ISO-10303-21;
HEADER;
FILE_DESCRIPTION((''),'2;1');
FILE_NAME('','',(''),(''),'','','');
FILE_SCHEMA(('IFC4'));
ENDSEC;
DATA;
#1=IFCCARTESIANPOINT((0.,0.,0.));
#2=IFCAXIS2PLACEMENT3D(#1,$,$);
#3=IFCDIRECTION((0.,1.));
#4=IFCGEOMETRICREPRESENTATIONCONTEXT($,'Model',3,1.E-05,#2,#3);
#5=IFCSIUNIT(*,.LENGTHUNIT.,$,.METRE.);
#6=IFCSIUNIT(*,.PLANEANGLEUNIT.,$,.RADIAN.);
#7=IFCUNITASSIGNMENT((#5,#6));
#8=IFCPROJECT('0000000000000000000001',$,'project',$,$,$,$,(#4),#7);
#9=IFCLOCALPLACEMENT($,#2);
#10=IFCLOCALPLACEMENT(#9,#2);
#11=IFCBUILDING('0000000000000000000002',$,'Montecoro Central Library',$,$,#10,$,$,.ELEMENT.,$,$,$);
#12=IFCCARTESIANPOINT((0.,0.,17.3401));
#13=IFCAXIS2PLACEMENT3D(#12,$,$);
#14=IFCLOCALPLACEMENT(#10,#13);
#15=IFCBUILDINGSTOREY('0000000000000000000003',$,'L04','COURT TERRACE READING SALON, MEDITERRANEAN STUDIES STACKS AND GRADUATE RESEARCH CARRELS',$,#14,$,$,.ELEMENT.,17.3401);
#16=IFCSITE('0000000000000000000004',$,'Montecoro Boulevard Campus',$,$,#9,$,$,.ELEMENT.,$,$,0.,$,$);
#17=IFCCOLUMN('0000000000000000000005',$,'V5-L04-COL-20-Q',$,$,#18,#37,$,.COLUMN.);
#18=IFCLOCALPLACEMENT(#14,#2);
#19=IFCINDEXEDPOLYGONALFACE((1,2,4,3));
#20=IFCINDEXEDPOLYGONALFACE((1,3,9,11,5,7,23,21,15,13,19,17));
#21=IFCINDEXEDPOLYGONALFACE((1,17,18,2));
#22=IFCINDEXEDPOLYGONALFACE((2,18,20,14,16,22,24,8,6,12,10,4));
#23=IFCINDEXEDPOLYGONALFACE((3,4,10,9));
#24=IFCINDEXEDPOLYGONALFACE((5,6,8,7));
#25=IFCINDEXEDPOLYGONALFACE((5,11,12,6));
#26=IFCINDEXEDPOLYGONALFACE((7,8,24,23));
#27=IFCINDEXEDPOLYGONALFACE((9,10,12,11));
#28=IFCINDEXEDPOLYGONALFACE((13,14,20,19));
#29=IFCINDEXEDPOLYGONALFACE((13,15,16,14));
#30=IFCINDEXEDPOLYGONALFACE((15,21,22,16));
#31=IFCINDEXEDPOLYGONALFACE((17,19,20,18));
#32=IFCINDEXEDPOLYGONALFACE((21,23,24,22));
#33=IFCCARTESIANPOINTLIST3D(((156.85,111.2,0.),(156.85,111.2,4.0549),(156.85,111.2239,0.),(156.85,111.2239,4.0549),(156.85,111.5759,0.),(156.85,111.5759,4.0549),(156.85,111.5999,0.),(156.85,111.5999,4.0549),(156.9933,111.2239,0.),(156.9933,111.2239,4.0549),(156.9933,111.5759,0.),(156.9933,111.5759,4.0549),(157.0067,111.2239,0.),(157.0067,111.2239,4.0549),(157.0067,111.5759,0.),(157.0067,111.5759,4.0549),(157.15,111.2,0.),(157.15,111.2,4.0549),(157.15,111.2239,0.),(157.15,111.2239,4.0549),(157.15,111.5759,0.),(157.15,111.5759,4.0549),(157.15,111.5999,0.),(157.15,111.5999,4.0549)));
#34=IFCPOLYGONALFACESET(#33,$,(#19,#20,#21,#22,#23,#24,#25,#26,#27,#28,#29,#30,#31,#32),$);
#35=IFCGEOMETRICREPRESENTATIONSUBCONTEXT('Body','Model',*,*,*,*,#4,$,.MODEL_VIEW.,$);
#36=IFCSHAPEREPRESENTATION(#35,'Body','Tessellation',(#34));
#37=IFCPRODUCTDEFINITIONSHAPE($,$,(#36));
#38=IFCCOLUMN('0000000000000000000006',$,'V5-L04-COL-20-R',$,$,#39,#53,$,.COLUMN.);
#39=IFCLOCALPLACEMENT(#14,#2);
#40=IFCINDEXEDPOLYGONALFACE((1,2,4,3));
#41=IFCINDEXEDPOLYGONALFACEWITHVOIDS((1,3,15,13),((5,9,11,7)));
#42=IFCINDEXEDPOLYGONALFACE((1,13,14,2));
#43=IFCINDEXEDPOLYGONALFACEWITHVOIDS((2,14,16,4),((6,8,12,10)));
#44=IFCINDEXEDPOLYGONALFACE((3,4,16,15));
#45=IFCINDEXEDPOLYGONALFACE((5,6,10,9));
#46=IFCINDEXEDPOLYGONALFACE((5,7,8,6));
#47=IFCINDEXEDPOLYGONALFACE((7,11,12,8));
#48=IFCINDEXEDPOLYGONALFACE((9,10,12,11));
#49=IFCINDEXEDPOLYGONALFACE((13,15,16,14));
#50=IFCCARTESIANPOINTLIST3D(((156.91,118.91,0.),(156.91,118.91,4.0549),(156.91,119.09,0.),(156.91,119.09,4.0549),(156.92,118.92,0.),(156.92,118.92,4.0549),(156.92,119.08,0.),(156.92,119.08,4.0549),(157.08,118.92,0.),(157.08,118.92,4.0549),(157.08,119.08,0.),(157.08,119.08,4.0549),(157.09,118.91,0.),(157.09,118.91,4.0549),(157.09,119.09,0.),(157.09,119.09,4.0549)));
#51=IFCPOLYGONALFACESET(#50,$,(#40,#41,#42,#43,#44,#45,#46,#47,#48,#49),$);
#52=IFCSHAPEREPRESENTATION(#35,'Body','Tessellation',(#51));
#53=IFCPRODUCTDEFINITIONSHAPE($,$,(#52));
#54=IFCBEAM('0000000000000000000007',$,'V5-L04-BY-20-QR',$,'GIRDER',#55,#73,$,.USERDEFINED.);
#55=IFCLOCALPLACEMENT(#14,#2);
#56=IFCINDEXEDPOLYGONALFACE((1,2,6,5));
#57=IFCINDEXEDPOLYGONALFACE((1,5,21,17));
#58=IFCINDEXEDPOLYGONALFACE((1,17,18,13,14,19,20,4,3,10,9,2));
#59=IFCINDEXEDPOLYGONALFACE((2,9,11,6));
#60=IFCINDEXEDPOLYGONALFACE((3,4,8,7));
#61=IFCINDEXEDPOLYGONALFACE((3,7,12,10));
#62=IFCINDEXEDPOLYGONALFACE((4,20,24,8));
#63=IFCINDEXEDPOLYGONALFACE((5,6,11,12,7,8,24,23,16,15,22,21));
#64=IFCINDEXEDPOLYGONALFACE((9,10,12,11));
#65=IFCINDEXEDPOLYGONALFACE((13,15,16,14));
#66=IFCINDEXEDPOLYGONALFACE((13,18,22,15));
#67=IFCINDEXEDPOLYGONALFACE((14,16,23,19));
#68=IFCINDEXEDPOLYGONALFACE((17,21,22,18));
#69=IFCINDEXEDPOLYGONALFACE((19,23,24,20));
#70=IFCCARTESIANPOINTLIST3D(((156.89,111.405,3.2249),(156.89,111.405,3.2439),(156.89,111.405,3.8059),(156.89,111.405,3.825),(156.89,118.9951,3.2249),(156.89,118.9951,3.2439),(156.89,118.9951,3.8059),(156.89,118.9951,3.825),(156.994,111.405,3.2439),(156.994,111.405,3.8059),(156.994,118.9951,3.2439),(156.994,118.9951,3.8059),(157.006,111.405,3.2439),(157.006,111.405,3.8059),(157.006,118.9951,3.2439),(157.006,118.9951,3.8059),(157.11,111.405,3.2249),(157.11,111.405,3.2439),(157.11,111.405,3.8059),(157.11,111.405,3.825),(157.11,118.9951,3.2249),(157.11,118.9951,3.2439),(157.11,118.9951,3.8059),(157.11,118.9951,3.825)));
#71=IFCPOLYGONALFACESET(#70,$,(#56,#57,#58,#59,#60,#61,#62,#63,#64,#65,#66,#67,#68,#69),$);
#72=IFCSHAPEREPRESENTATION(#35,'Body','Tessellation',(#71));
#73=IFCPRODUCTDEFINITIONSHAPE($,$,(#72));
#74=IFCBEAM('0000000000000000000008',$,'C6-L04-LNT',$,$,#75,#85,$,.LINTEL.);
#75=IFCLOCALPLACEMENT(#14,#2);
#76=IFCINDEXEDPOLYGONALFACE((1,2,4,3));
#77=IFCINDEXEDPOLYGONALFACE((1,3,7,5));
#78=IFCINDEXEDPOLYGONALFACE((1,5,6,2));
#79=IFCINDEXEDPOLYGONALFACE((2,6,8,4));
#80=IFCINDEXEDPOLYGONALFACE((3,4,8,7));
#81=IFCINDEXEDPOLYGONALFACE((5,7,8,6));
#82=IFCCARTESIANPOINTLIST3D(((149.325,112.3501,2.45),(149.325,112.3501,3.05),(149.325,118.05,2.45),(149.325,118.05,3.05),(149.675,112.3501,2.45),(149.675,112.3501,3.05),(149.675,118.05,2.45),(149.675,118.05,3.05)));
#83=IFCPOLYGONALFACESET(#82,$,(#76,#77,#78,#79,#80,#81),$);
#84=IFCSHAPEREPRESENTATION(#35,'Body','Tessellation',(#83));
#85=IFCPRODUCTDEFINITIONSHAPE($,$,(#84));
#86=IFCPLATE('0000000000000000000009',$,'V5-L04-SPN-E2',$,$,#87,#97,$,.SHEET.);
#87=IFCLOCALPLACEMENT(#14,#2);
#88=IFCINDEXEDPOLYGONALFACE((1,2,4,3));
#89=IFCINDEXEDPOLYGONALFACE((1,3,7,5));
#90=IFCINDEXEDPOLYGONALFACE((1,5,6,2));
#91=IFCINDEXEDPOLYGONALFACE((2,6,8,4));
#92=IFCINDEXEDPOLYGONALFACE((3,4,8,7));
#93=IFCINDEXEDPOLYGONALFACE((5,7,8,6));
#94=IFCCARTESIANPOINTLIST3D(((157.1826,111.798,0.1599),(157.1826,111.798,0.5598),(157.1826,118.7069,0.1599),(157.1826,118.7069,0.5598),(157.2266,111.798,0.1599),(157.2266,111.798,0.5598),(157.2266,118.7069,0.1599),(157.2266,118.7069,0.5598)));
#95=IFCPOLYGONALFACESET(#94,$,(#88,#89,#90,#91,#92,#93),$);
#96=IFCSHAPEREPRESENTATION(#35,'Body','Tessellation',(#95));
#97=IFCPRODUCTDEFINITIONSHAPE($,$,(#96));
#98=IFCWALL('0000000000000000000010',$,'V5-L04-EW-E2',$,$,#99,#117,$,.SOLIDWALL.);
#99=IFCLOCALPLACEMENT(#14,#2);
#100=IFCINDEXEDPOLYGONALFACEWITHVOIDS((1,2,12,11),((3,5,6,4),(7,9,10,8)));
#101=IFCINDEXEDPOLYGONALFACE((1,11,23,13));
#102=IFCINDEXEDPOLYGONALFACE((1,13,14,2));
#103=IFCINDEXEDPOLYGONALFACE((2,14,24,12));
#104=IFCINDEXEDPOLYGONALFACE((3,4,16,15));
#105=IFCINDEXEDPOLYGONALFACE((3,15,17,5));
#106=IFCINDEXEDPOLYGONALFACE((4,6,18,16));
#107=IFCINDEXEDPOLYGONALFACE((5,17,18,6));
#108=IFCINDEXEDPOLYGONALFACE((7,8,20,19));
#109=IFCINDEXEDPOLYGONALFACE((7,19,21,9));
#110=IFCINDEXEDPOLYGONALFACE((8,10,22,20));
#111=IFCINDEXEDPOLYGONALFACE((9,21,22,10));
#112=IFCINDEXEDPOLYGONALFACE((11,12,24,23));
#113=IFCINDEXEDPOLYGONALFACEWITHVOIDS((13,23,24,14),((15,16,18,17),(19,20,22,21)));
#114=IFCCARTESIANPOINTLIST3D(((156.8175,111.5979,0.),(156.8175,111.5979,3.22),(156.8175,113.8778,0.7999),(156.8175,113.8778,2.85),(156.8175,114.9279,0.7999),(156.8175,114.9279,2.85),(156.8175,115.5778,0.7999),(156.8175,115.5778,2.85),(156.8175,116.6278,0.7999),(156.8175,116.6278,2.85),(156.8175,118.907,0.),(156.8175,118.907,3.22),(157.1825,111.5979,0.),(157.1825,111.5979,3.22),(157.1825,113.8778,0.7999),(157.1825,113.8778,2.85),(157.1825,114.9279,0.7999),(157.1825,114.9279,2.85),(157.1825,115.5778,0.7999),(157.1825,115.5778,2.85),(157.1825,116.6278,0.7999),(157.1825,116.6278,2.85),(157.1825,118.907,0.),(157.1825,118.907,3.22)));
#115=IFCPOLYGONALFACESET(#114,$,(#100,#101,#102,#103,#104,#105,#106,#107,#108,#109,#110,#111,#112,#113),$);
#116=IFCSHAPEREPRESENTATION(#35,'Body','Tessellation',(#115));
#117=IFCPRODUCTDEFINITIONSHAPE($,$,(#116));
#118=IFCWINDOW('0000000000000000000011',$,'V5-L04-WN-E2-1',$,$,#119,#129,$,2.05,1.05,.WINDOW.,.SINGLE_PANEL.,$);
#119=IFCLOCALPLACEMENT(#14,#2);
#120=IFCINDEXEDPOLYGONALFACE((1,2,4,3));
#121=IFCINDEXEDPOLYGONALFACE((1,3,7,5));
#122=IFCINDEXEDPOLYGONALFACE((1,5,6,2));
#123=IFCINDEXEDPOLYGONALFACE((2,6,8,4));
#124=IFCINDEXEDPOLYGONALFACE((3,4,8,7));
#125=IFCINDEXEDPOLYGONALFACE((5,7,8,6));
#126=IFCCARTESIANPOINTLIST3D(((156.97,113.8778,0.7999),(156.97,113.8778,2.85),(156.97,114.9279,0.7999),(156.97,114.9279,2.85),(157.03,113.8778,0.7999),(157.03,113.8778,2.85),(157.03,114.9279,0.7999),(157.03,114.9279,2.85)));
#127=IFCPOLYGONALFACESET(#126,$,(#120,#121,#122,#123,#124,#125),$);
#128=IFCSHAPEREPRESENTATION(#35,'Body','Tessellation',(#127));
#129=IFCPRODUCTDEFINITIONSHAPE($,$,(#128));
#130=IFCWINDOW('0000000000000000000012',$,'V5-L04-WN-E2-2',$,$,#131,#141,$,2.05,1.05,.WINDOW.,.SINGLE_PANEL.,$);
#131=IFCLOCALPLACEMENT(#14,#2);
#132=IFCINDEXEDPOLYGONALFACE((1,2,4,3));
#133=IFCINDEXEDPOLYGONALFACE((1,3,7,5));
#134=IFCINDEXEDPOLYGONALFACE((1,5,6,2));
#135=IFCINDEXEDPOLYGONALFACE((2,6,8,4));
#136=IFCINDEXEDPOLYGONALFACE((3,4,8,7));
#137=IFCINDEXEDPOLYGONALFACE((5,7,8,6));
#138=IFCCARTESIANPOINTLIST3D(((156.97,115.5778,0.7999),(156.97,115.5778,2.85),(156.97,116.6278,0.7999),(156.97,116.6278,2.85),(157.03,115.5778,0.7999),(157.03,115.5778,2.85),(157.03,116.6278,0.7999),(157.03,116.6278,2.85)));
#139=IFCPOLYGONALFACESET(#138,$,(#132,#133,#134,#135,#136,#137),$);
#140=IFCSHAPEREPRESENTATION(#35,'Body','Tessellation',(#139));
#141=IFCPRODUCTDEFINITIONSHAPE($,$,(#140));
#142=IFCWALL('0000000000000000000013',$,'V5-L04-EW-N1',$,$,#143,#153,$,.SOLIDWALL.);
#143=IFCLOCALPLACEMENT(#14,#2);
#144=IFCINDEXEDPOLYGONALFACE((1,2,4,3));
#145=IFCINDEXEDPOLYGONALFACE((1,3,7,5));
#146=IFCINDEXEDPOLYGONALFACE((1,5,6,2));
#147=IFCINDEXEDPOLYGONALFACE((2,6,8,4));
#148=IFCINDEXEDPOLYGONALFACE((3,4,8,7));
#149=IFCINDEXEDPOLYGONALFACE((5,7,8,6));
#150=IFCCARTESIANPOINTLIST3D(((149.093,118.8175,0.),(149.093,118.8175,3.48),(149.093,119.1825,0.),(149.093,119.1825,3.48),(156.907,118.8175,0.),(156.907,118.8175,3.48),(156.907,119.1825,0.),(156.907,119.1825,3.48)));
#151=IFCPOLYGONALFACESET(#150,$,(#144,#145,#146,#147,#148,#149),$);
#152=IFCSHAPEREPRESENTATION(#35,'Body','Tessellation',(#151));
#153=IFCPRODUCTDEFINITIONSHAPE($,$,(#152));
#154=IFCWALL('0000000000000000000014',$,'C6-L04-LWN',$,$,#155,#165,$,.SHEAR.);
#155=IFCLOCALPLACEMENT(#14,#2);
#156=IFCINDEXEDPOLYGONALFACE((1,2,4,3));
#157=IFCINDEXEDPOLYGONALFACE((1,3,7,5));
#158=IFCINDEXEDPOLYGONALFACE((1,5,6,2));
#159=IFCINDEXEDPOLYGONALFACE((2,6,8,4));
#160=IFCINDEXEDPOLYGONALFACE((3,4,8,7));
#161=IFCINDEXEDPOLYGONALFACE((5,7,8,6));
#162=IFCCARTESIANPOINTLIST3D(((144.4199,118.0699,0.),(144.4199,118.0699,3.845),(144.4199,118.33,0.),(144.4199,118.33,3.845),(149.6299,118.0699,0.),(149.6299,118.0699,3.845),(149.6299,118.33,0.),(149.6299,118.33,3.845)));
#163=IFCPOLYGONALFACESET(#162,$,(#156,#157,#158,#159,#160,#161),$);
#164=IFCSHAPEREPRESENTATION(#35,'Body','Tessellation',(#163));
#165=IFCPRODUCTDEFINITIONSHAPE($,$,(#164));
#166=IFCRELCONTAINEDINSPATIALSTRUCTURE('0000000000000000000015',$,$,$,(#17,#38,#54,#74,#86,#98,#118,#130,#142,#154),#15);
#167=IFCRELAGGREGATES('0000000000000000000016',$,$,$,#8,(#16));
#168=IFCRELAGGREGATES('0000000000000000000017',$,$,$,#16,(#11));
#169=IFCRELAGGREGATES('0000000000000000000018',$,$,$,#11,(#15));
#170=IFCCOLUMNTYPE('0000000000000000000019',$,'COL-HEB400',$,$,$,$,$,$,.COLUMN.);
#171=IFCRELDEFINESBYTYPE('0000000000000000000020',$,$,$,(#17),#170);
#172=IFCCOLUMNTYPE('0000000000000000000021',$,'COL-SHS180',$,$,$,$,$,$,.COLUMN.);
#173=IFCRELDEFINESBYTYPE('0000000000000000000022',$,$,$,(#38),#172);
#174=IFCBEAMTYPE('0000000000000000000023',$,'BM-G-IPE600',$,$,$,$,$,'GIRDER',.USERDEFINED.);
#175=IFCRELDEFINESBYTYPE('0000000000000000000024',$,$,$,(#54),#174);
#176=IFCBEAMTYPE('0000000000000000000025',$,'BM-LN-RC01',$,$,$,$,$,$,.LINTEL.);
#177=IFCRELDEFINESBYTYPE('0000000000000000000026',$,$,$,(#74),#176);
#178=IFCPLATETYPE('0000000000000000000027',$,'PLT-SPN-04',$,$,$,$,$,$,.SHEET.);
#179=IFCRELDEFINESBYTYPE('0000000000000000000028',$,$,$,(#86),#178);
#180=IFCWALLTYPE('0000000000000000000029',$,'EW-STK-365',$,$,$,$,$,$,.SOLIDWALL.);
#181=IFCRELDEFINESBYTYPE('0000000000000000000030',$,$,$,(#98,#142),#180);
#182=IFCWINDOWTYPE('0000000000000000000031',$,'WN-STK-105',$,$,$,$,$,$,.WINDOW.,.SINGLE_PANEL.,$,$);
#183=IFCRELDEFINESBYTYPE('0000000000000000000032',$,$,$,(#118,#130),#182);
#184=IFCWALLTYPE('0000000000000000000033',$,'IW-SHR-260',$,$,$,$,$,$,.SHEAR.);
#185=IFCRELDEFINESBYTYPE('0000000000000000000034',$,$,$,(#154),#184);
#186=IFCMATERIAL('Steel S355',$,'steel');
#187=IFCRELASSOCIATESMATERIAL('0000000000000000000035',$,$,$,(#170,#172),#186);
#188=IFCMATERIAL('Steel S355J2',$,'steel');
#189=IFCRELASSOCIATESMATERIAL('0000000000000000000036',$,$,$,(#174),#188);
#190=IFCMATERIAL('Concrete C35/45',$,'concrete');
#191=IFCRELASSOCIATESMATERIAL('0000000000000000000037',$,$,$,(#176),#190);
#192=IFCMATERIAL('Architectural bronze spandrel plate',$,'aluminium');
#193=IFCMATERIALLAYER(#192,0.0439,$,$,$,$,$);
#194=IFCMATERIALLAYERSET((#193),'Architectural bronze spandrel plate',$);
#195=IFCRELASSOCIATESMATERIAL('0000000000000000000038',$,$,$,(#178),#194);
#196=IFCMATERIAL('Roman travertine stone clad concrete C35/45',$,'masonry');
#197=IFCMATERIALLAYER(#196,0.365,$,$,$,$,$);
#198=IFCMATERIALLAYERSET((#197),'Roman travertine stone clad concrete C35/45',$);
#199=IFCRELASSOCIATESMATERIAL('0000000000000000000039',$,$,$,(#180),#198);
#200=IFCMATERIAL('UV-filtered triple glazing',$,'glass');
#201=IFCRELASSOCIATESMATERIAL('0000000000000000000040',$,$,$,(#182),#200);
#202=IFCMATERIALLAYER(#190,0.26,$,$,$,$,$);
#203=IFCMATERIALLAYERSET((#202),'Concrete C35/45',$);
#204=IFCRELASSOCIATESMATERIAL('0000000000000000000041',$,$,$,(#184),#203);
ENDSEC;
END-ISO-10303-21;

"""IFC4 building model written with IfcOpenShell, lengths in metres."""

from ifc_helpers import new_model, si_unit, direction, frame, frame_2d, origin, origin_2d, place, context, subcontext, project, spatial, rectangle, hollow_rectangle, i_section, extrude, material, layer, layer_set, material_profile, profile_set, type_object, element, fill, save


model = new_model("IFC4")

# Units and contexts
model_context = context("Model", 3, precision=1e-05, world=origin(), true_north=direction((0.0, 1.0)))
body_context = subcontext(model_context, "Body", "Model", "MODEL_VIEW")
ifc_project = project(units=[si_unit("LENGTHUNIT", "METRE"), si_unit("PLANEANGLEUNIT", "RADIAN")], contexts=[model_context])

# Site, building, storey
site_placement = place(None, origin())
site = spatial("IfcSite", under=ifc_project, at=site_placement, Name="Montecoro Boulevard Campus", CompositionType="ELEMENT", RefElevation=0.0)
building_placement = place(site_placement, origin())
building = spatial("IfcBuilding", under=site, at=building_placement, Name="Montecoro Central Library", CompositionType="ELEMENT")
storey_placement = place(building_placement, frame((0.0, 0.0, 17.3401)))
storey = spatial("IfcBuildingStorey", under=building, at=storey_placement, Name="L04", Description="COURT TERRACE READING SALON, MEDITERRANEAN STUDIES STACKS AND GRADUATE RESEARCH CARRELS", CompositionType="ELEMENT", Elevation=17.3401)

# Columns
ifc_material_1 = material(Name="Steel S355", Category="steel")
ifc_material_profile_1 = material_profile(ifc_material_1, i_section(OverallWidth=0.3, OverallDepth=0.3999, WebThickness=0.0134, FlangeThickness=0.0239, at=origin_2d()), Name="HEB 400")
ifc_profile_set_1 = profile_set([ifc_material_profile_1], Name="Steel S355")
column_type_1 = type_object("IfcColumnType", Name="COL-HEB400", PredefinedType="COLUMN", material=ifc_profile_set_1)
column_1_placement = place(storey_placement, frame((157.0, 111.3999, 0.0), z_axis=(0.0, 0.0, 1.0), x_axis=(1.0, 0.0, 0.0)))
element("IfcColumn", 1, at=column_1_placement, inside=storey, type_object=column_type_1, Name="V5-L04-COL-20-Q", PredefinedType="COLUMN", context=body_context, shape_type="SweptSolid", body=[
    extrude(i_section(OverallWidth=0.3, OverallDepth=0.3999, WebThickness=0.0134, FlangeThickness=0.0239, at=origin_2d()), origin(), (0.0, 0.0, 1.0), 4.0549),
])
ifc_material_profile_2 = material_profile(ifc_material_1, hollow_rectangle(XDim=0.1799, YDim=0.1799, WallThickness=0.01, at=origin_2d()), Name="SHS 180x180x10.0")
ifc_profile_set_2 = profile_set([ifc_material_profile_2], Name="Steel S355")
column_type_2 = type_object("IfcColumnType", Name="COL-SHS180", PredefinedType="COLUMN", material=ifc_profile_set_2)
column_2_placement = place(storey_placement, frame((157.0, 119.0, 0.0), z_axis=(0.0, 0.0, 1.0), x_axis=(1.0, 0.0, 0.0)))
element("IfcColumn", 2, at=column_2_placement, inside=storey, type_object=column_type_2, Name="V5-L04-COL-20-R", PredefinedType="COLUMN", context=body_context, shape_type="SweptSolid", body=[
    extrude(hollow_rectangle(XDim=0.1799, YDim=0.1799, WallThickness=0.01, at=origin_2d()), origin(), (0.0, 0.0, 1.0), 4.0549),
])

# Beams
ifc_material_2 = material(Name="Steel S355J2", Category="steel")
ifc_material_profile_3 = material_profile(ifc_material_2, i_section(OverallWidth=0.22, OverallDepth=0.6001, WebThickness=0.012, FlangeThickness=0.019, at=origin_2d()), Name="IPE 600")
ifc_profile_set_3 = profile_set([ifc_material_profile_3], Name="Steel S355J2")
beam_type_1 = type_object("IfcBeamType", Name="BM-G-IPE600", ElementType="GIRDER", PredefinedType="USERDEFINED", material=ifc_profile_set_3)
beam_1_placement = place(storey_placement, frame((157.0, 111.405, 3.5249), z_axis=(0.0, 1.0, 0.0), x_axis=(-1.0, 0.0, 0.0)))
element("IfcBeam", 3, at=beam_1_placement, inside=storey, type_object=beam_type_1, Name="V5-L04-BY-20-QR", ObjectType="GIRDER", PredefinedType="USERDEFINED", context=body_context, shape_type="SweptSolid", body=[
    extrude(i_section(OverallWidth=0.22, OverallDepth=0.6001, WebThickness=0.012, FlangeThickness=0.019, at=origin_2d()), origin(), (0.0, 0.0, 1.0), 7.5901),
])
ifc_material_3 = material(Name="Concrete C35/45", Category="concrete")
ifc_material_profile_4 = material_profile(ifc_material_3, rectangle(XDim=0.3501, YDim=0.6001, at=origin_2d()), Name="RC LNT 600x350")
ifc_profile_set_4 = profile_set([ifc_material_profile_4], Name="Concrete C35/45")
beam_type_2 = type_object("IfcBeamType", Name="BM-LN-RC01", PredefinedType="LINTEL", material=ifc_profile_set_4)
beam_2_placement = place(storey_placement, frame((149.5, 112.3501, 2.75), z_axis=(0.0, 1.0, 0.0), x_axis=(-1.0, 0.0, 0.0)))
element("IfcBeam", 4, at=beam_2_placement, inside=storey, type_object=beam_type_2, Name="C6-L04-LNT", PredefinedType="LINTEL", context=body_context, shape_type="SweptSolid", body=[
    extrude(rectangle(XDim=0.3501, YDim=0.6001, at=origin_2d()), origin(), (0.0, 0.0, 1.0), 5.7),
])

# Plate
ifc_material_4 = material(Name="Architectural bronze spandrel plate", Category="aluminium")
ifc_layer_1 = layer(ifc_material_4, 0.0439)
ifc_layer_set_1 = layer_set([ifc_layer_1], Name="Architectural bronze spandrel plate")
plate_type = type_object("IfcPlateType", Name="PLT-SPN-04", PredefinedType="SHEET", material=ifc_layer_set_1)
plate_placement = place(storey_placement, frame((157.2046, 115.2524, 0.1599), z_axis=(0.0, 0.0, 1.0), x_axis=(0.0, 1.0, 0.0)))
element("IfcPlate", 5, at=plate_placement, inside=storey, type_object=plate_type, Name="V5-L04-SPN-E2", PredefinedType="SHEET", context=body_context, shape_type="SweptSolid", body=[
    extrude(rectangle(XDim=6.9089, YDim=0.0439, at=origin_2d()), origin(), (0.0, 0.0, 1.0), 0.3999),
])

# Wall, openings, windows
ifc_material_5 = material(Name="Roman travertine stone clad concrete C35/45", Category="masonry")
ifc_layer_2 = layer(ifc_material_5, 0.365)
ifc_layer_set_2 = layer_set([ifc_layer_2], Name="Roman travertine stone clad concrete C35/45")
wall_type_1 = type_object("IfcWallType", Name="EW-STK-365", PredefinedType="SOLIDWALL", material=ifc_layer_set_2)
wall_1_placement = place(storey_placement, frame((157.0, 111.5979, 0.0), z_axis=(0.0, 0.0, 1.0), x_axis=(0.0, 1.0, 0.0)))
wall_1 = element("IfcWall", 6, at=wall_1_placement, inside=storey, type_object=wall_type_1, Name="V5-L04-EW-E2", PredefinedType="SOLIDWALL", context=body_context, shape_type="SweptSolid", body=[
    extrude(rectangle(XDim=7.3091, YDim=0.365, at=frame_2d((3.6545, 0.0))), origin(), (0.0, 0.0, 1.0), 3.22),
])
opening_1_placement = place(wall_1_placement, frame((2.28, 0.0, 0.8)))
opening_1 = element("IfcOpeningElement", 7, at=opening_1_placement, cuts=wall_1, PredefinedType="OPENING", context=body_context, shape_type="SweptSolid", body=[
    extrude(rectangle(XDim=1.05, YDim=2.05, at=frame_2d((0.5249, 1.0249))), frame((0.0, 0.1924, 0.0), z_axis=(0.0, -1.0, 0.0), x_axis=(1.0, 0.0, 0.0)), (0.0, 0.0, 1.0), 0.385),
])
opening_2_placement = place(wall_1_placement, frame((3.98, 0.0, 0.8)))
opening_2 = element("IfcOpeningElement", 8, at=opening_2_placement, cuts=wall_1, PredefinedType="OPENING", context=body_context, shape_type="SweptSolid", body=[
    extrude(rectangle(XDim=1.05, YDim=2.05, at=frame_2d((0.5249, 1.0249))), frame((0.0, 0.1924, 0.0), z_axis=(0.0, -1.0, 0.0), x_axis=(1.0, 0.0, 0.0)), (0.0, 0.0, 1.0), 0.385),
])
ifc_material_6 = material(Name="UV-filtered triple glazing", Category="glass")
window_type = type_object("IfcWindowType", Name="WN-STK-105", PartitioningType="SINGLE_PANEL", PredefinedType="WINDOW", material=ifc_material_6)
window_1_placement = place(opening_1_placement, origin())
window_1 = element("IfcWindow", 9, at=window_1_placement, inside=storey, type_object=window_type, Name="V5-L04-WN-E2-1", OverallHeight=2.05, OverallWidth=1.05, PartitioningType="SINGLE_PANEL", PredefinedType="WINDOW", context=body_context, shape_type="SweptSolid", body=[
    extrude(rectangle(XDim=1.05, YDim=2.05, at=frame_2d((0.5249, 1.0249))), frame((0.0, 0.03, 0.0), z_axis=(0.0, -1.0, 0.0), x_axis=(1.0, 0.0, 0.0)), (0.0, 0.0, 1.0), 0.0601),
])
fill(opening_1, window_1)
window_2_placement = place(opening_2_placement, origin())
window_2 = element("IfcWindow", 10, at=window_2_placement, inside=storey, type_object=window_type, Name="V5-L04-WN-E2-2", OverallHeight=2.05, OverallWidth=1.05, PartitioningType="SINGLE_PANEL", PredefinedType="WINDOW", context=body_context, shape_type="SweptSolid", body=[
    extrude(rectangle(XDim=1.05, YDim=2.05, at=frame_2d((0.5249, 1.0249))), frame((0.0, 0.03, 0.0), z_axis=(0.0, -1.0, 0.0), x_axis=(1.0, 0.0, 0.0)), (0.0, 0.0, 1.0), 0.0601),
])
fill(opening_2, window_2)

# Walls
wall_2_placement = place(storey_placement, frame((156.907, 119.0, 0.0), z_axis=(0.0, 0.0, 1.0), x_axis=(-1.0, 0.0, 0.0)))
element("IfcWall", 11, at=wall_2_placement, inside=storey, type_object=wall_type_1, Name="V5-L04-EW-N1", PredefinedType="SOLIDWALL", context=body_context, shape_type="SweptSolid", body=[
    extrude(rectangle(XDim=7.814, YDim=0.365, at=frame_2d((3.907, 0.0))), origin(), (0.0, 0.0, 1.0), 3.48),
])
ifc_layer_3 = layer(ifc_material_3, 0.26)
ifc_layer_set_3 = layer_set([ifc_layer_3], Name="Concrete C35/45")
wall_type_2 = type_object("IfcWallType", Name="IW-SHR-260", PredefinedType="SHEAR", material=ifc_layer_set_3)
wall_3_placement = place(storey_placement, frame((149.6299, 118.2, 0.0), z_axis=(0.0, 0.0, 1.0), x_axis=(-1.0, 0.0, 0.0)))
element("IfcWall", 12, at=wall_3_placement, inside=storey, type_object=wall_type_2, Name="C6-L04-LWN", PredefinedType="SHEAR", context=body_context, shape_type="SweptSolid", body=[
    extrude(rectangle(XDim=5.21, YDim=0.26, at=frame_2d((2.605, 0.0))), origin(), (0.0, 0.0, 1.0), 3.845),
])

save(model, "model.ifc")
